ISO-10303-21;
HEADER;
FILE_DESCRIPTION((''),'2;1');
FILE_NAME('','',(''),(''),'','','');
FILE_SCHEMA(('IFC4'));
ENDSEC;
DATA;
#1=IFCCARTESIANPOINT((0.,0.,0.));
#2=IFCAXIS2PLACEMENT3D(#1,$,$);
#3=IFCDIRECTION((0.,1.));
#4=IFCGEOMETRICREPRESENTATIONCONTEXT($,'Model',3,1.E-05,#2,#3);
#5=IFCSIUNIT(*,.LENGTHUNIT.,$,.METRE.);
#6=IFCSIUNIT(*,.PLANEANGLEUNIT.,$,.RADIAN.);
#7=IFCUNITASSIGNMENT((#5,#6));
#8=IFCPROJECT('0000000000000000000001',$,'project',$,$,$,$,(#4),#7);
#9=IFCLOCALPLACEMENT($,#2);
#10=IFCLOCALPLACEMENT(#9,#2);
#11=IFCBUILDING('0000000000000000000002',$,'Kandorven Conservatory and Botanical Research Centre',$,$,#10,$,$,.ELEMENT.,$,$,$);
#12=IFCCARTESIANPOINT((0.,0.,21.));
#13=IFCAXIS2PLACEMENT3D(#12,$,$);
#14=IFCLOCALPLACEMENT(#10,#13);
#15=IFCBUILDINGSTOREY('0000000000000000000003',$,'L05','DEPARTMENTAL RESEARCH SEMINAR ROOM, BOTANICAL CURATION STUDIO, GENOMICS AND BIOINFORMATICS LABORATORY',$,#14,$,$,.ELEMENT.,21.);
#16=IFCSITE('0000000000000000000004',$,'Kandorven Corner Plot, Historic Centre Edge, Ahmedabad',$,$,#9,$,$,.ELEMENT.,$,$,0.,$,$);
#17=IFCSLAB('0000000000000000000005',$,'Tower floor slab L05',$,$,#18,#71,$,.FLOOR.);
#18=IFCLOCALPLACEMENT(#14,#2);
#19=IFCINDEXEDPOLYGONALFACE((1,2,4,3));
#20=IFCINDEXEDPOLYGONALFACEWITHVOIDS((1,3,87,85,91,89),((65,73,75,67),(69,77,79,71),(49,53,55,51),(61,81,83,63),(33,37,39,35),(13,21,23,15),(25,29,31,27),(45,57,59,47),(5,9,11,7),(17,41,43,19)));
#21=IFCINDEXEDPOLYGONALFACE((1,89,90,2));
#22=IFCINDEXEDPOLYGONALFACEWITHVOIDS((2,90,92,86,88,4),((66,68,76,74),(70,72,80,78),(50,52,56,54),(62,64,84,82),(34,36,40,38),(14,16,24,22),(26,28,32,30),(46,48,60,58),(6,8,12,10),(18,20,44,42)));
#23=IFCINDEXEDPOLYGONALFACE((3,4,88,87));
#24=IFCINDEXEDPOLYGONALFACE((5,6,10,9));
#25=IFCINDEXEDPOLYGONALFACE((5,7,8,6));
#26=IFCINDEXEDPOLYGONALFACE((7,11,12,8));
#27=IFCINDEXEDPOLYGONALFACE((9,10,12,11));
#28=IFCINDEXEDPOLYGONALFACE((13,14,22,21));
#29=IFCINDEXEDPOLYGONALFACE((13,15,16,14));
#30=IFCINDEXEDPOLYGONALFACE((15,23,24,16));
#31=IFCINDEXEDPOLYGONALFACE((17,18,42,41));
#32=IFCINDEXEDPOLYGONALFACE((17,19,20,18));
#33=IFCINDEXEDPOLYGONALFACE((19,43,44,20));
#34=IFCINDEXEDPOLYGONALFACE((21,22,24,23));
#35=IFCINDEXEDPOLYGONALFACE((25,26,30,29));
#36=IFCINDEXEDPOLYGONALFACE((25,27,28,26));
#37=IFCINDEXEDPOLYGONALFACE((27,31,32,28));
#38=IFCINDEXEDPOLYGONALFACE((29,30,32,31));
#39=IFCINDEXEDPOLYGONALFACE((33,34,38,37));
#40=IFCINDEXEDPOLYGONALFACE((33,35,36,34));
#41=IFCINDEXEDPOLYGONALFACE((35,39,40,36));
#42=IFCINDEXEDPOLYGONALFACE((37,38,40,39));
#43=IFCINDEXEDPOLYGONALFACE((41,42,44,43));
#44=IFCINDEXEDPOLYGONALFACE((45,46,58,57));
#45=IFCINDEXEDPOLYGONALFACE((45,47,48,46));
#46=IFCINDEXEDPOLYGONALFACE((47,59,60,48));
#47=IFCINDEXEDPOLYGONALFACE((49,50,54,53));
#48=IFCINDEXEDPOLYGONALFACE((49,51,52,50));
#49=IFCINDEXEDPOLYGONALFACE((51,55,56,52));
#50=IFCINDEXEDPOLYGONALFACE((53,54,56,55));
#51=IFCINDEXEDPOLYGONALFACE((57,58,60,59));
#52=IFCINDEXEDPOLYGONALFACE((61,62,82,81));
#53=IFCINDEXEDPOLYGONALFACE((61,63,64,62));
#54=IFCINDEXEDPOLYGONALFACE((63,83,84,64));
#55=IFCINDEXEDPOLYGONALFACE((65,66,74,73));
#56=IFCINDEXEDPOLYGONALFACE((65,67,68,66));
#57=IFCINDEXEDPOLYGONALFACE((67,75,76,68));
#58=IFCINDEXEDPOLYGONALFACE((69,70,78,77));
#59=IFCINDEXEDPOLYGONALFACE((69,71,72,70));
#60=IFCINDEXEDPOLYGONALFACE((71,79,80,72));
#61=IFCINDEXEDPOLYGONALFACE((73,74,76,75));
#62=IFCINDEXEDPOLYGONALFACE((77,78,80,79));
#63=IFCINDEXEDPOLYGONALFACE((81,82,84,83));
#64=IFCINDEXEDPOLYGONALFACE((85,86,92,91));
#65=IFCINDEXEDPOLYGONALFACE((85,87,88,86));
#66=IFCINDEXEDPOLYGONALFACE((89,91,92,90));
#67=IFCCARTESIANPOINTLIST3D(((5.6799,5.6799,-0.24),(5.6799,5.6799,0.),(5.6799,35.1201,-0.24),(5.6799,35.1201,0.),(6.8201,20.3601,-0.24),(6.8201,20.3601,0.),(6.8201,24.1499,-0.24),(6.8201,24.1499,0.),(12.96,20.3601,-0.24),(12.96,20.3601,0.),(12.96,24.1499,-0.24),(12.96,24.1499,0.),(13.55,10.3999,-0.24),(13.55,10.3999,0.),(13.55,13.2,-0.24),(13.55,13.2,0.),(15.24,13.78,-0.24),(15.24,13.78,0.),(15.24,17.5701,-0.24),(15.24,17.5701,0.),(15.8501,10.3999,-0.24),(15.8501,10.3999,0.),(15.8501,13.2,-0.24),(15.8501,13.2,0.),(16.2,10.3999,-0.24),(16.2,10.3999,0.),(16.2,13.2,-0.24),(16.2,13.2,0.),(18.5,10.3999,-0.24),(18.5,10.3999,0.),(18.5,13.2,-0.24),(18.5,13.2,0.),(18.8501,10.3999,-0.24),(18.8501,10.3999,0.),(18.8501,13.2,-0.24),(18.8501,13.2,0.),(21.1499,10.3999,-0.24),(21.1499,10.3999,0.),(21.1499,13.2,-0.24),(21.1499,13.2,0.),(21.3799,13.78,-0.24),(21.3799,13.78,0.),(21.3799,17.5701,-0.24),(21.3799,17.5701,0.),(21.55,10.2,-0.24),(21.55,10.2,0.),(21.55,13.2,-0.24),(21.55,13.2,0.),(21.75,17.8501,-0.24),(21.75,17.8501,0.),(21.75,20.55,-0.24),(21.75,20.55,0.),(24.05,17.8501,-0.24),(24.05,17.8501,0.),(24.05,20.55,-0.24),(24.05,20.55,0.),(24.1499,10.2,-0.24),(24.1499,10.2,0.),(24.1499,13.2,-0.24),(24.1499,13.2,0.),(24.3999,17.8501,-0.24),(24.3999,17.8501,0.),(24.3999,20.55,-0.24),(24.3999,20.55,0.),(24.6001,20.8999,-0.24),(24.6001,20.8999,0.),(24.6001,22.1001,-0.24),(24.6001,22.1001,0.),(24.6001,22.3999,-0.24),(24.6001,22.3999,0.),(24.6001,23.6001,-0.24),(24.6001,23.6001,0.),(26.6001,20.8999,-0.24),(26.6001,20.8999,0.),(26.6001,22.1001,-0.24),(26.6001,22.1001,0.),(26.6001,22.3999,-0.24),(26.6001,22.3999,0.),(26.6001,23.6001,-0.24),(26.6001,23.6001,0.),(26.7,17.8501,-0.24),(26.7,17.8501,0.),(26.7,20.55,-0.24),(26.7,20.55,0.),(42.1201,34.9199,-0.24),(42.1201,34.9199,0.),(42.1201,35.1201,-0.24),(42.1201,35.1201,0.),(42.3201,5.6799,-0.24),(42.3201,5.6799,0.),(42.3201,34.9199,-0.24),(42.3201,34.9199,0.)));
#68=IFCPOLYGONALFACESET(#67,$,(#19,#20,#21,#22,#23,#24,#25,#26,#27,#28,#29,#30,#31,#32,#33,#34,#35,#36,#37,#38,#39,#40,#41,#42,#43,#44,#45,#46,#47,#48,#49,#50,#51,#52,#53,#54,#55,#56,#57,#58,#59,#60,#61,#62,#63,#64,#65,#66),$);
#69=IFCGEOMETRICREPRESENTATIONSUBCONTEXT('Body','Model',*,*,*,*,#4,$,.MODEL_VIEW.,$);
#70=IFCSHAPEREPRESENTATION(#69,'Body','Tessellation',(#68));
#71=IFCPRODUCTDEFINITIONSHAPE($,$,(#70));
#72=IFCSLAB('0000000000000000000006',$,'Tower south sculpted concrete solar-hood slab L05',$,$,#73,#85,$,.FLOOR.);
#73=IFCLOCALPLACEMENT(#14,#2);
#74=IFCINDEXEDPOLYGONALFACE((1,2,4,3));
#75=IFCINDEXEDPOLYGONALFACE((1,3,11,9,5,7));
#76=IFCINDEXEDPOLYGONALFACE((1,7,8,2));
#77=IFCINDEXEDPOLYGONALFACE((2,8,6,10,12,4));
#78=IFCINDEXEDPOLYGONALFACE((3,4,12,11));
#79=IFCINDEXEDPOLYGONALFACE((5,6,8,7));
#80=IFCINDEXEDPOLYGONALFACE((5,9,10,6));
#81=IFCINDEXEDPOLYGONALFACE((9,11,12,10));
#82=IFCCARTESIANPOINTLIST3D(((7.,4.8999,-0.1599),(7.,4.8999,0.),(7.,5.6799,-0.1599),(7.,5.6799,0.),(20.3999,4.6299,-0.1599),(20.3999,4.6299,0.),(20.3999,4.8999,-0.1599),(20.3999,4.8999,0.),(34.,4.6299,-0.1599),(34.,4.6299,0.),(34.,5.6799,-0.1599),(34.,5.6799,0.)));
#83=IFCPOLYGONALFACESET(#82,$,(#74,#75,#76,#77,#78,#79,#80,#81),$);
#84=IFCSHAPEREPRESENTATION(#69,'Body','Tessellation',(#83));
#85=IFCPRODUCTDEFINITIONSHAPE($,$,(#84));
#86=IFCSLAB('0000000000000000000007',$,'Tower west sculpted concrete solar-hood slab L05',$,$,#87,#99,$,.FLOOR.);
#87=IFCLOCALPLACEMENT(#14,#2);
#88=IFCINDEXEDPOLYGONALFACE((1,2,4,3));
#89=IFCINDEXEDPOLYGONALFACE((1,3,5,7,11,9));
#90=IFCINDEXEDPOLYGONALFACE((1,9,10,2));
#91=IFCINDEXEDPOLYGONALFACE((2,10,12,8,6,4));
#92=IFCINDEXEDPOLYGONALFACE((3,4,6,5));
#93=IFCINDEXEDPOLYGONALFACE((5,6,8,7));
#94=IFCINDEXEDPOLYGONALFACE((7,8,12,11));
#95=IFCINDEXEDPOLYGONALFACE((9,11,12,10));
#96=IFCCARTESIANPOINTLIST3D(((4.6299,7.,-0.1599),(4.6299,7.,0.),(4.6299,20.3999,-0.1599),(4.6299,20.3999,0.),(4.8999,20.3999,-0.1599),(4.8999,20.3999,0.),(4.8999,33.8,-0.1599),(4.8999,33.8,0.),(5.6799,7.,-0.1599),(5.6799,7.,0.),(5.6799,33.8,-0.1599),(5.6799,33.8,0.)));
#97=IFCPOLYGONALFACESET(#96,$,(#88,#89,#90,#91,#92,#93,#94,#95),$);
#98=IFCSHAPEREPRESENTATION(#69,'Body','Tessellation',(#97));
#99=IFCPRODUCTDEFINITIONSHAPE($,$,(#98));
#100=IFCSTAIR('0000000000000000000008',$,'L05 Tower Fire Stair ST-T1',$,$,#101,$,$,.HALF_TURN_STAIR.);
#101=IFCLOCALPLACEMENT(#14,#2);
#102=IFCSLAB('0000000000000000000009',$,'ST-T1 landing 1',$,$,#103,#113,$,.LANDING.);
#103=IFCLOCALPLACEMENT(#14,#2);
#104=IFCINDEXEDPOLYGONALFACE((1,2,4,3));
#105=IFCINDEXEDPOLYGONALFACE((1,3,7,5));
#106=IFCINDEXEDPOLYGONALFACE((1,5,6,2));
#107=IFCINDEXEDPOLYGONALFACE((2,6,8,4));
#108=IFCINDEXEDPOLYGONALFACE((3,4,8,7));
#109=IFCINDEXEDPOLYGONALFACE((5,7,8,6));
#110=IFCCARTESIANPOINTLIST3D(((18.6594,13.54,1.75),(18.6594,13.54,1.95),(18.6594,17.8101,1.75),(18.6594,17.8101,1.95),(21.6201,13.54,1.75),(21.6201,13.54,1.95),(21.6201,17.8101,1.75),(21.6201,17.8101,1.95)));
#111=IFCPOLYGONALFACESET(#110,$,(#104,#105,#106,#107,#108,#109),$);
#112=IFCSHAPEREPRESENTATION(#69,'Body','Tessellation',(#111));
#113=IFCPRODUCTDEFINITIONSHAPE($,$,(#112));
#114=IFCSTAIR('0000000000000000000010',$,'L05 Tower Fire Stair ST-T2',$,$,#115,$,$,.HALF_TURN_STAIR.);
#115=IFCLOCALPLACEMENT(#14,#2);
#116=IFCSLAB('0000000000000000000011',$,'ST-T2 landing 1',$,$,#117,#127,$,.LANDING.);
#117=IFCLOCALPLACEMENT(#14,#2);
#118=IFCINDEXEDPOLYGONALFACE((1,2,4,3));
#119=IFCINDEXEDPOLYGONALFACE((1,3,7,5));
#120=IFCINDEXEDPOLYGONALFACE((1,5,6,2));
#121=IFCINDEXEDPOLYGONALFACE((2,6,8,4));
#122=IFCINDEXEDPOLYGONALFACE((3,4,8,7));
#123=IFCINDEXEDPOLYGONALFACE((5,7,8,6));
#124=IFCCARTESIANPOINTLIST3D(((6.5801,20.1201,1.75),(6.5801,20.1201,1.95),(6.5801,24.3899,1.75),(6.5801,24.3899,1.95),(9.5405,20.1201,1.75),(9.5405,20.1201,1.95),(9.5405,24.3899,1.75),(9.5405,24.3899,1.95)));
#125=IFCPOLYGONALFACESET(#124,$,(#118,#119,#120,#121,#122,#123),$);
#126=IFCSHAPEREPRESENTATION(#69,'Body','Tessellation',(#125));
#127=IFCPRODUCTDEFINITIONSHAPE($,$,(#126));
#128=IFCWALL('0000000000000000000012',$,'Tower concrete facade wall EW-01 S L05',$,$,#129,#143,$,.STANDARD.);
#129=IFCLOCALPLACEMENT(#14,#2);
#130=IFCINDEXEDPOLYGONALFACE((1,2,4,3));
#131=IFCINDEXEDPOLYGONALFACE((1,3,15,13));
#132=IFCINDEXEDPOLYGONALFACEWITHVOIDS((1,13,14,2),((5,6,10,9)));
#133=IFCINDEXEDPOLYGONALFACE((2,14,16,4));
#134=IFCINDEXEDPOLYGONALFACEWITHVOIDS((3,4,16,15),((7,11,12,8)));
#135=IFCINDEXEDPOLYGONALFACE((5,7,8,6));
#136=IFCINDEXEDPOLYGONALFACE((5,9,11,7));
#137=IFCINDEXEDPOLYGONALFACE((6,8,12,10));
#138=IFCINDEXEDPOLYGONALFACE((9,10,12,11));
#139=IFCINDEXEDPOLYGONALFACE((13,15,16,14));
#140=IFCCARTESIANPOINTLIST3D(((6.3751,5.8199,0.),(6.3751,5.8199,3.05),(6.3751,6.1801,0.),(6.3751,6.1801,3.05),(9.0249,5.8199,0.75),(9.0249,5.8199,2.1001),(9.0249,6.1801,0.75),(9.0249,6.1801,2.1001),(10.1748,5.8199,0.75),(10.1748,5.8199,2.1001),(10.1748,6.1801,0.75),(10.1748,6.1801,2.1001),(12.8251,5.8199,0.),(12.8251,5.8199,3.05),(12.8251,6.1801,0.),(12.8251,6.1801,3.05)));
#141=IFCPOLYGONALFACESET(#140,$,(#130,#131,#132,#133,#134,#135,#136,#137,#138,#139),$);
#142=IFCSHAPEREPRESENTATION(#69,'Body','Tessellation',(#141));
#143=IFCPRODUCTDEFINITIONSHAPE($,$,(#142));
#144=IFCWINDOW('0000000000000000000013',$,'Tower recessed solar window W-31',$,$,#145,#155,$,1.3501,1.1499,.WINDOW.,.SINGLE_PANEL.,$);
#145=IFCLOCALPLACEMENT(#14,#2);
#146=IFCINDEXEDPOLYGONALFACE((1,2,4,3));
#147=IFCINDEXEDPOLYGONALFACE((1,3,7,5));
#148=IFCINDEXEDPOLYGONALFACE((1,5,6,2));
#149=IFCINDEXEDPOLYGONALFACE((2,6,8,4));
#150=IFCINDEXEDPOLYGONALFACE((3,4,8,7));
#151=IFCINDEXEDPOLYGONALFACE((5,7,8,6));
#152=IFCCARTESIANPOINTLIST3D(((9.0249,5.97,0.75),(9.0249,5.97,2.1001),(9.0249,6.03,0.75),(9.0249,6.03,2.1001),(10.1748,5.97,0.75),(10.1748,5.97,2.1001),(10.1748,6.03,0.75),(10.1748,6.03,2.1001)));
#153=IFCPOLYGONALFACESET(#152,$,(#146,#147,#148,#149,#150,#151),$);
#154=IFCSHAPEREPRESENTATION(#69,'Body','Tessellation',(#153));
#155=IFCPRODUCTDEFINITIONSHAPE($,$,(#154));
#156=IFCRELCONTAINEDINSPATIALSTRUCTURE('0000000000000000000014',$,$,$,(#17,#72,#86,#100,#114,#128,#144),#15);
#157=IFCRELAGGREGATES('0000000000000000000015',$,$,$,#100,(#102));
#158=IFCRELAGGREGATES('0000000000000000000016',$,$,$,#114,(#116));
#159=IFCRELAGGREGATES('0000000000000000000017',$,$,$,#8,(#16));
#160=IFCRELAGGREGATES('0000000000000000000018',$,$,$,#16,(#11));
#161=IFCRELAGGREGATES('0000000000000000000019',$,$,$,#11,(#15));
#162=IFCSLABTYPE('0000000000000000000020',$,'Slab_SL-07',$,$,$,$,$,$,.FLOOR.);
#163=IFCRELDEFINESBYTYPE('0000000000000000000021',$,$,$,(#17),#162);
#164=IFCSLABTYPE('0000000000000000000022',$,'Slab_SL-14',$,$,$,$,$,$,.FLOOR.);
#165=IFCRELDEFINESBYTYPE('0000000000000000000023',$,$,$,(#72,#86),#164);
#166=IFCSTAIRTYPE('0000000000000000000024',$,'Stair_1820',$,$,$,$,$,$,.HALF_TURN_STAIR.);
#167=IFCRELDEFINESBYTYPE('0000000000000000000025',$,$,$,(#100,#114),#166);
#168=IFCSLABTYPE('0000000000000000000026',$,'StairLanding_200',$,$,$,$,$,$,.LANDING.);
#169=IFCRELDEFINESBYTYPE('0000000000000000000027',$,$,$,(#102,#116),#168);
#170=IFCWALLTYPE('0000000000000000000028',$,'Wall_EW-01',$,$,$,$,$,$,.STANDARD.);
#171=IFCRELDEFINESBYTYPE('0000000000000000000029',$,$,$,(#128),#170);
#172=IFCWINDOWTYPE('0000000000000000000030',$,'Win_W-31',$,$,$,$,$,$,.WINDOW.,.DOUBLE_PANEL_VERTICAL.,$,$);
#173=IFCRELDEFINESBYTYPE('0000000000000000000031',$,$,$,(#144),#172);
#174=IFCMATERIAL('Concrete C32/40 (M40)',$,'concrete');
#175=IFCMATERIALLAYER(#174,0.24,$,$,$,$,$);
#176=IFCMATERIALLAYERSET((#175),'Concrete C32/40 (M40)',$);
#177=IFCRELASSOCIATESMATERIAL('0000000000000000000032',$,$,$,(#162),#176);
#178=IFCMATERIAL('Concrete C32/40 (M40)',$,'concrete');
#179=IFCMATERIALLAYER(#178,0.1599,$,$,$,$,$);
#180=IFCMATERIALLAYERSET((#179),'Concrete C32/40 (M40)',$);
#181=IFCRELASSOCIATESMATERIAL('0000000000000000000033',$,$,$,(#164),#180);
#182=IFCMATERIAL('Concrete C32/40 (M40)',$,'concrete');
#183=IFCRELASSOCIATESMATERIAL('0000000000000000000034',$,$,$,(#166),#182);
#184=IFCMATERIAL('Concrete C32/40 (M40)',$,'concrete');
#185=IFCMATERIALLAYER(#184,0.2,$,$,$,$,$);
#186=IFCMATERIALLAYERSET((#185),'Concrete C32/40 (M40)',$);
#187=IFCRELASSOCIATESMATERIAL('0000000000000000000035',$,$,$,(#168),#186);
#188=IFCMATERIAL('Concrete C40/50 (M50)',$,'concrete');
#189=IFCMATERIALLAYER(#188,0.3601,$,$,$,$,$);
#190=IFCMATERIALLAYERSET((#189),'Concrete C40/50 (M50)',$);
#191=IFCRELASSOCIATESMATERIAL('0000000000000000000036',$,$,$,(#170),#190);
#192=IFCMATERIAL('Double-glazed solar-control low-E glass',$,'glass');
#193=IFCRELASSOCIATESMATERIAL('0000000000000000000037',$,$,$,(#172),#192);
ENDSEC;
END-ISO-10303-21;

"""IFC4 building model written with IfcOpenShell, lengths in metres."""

from ifc_helpers import new_model, si_unit, direction, frame, frame_2d, origin, place, context, subcontext, project, spatial, polyline, rectangle, outline, extrude, material, layer, layer_set, type_object, element, fill, aggregate, save


model = new_model("IFC4")

# Units and contexts
model_context = context("Model", 3, precision=1e-05, world=origin(), true_north=direction((0.0, 1.0)))
body_context = subcontext(model_context, "Body", "Model", "MODEL_VIEW")
ifc_project = project(units=[si_unit("LENGTHUNIT", "METRE"), si_unit("PLANEANGLEUNIT", "RADIAN")], contexts=[model_context])

# Site, building, storey
site_placement = place(None, origin())
site = spatial("IfcSite", under=ifc_project, at=site_placement, Name="Kandorven Corner Plot, Historic Centre Edge, Ahmedabad", CompositionType="ELEMENT", RefElevation=0.0)
building_placement = place(site_placement, origin())
building = spatial("IfcBuilding", under=site, at=building_placement, Name="Kandorven Conservatory and Botanical Research Centre", CompositionType="ELEMENT")
storey_placement = place(building_placement, frame((0.0, 0.0, 21.0)))
storey = spatial("IfcBuildingStorey", under=building, at=storey_placement, Name="L05", Description="DEPARTMENTAL RESEARCH SEMINAR ROOM, BOTANICAL CURATION STUDIO, GENOMICS AND BIOINFORMATICS LABORATORY", CompositionType="ELEMENT", Elevation=21.0)

# Slabs
ifc_material_1 = material(Name="Concrete C32/40 (M40)", Category="concrete")
ifc_layer_1 = layer(ifc_material_1, 0.24)
ifc_layer_set_1 = layer_set([ifc_layer_1], Name="Concrete C32/40 (M40)")
slab_type_1 = type_object("IfcSlabType", Name="Slab_SL-07", PredefinedType="FLOOR", material=ifc_layer_set_1)
slab_1_placement = place(storey_placement, frame((0.0, 0.0, -0.24)))
element("IfcSlab", 1, at=slab_1_placement, inside=storey, type_object=slab_type_1, Name="Tower floor slab L05", PredefinedType="FLOOR", context=body_context, shape_type="SweptSolid", body=[
    extrude(outline(polyline([(5.6799, 5.6799), (42.3201, 5.6799), (42.3201, 34.9199), (42.1201, 34.9199), (42.1201, 35.1201), (5.6799, 35.1201), (5.6799, 5.6799)]), holes=[polyline([(15.24, 13.78), (21.3799, 13.78), (21.3799, 17.5701), (15.24, 17.5701), (15.24, 13.78)]), polyline([(12.96, 24.1499), (6.8201, 24.1499), (6.8201, 20.3601), (12.96, 20.3601), (12.96, 24.1499)]), polyline([(21.75, 17.8501), (24.05, 17.8501), (24.05, 20.55), (21.75, 20.55), (21.75, 17.8501)]), polyline([(24.3999, 17.8501), (26.7, 17.8501), (26.7, 20.55), (24.3999, 20.55), (24.3999, 17.8501)]), polyline([(13.55, 10.3999), (15.8501, 10.3999), (15.8501, 13.2), (13.55, 13.2), (13.55, 10.3999)]), polyline([(16.2, 10.3999), (18.5, 10.3999), (18.5, 13.2), (16.2, 13.2), (16.2, 10.3999)]), polyline([(18.8501, 10.3999), (21.1499, 10.3999), (21.1499, 13.2), (18.8501, 13.2), (18.8501, 10.3999)]), polyline([(21.55, 10.2), (24.1499, 10.2), (24.1499, 13.2), (21.55, 13.2), (21.55, 10.2)]), polyline([(24.6001, 20.8999), (26.6001, 20.8999), (26.6001, 22.1001), (24.6001, 22.1001), (24.6001, 20.8999)]), polyline([(24.6001, 22.3999), (26.6001, 22.3999), (26.6001, 23.6001), (24.6001, 23.6001), (24.6001, 22.3999)])]), origin(), (0.0, 0.0, 1.0), 0.24),
])
ifc_material_2 = material(Name="Concrete C32/40 (M40)", Category="concrete")
ifc_layer_2 = layer(ifc_material_2, 0.1599)
ifc_layer_set_2 = layer_set([ifc_layer_2], Name="Concrete C32/40 (M40)")
slab_type_2 = type_object("IfcSlabType", Name="Slab_SL-14", PredefinedType="FLOOR", material=ifc_layer_set_2)
slab_2_placement = place(storey_placement, frame((0.0, 0.0, -0.1599)))
element("IfcSlab", 2, at=slab_2_placement, inside=storey, type_object=slab_type_2, Name="Tower south sculpted concrete solar-hood slab L05", PredefinedType="FLOOR", context=body_context, shape_type="SweptSolid", body=[
    extrude(outline(polyline([(7.0, 5.6799), (34.0, 5.6799), (34.0, 4.6299), (20.3999, 4.6299), (20.3999, 4.8999), (7.0, 4.8999), (7.0, 5.6799)])), origin(), (0.0, 0.0, 1.0), 0.1599),
])
slab_3_placement = place(storey_placement, frame((0.0, 0.0, -0.1599)))
element("IfcSlab", 3, at=slab_3_placement, inside=storey, type_object=slab_type_2, Name="Tower west sculpted concrete solar-hood slab L05", PredefinedType="FLOOR", context=body_context, shape_type="SweptSolid", body=[
    extrude(outline(polyline([(4.6299, 7.0), (5.6799, 7.0), (5.6799, 33.8), (4.8999, 33.8), (4.8999, 20.3999), (4.6299, 20.3999), (4.6299, 7.0)])), origin(), (0.0, 0.0, 1.0), 0.1599),
])

# Stairs, slabs
ifc_material_3 = material(Name="Concrete C32/40 (M40)", Category="concrete")
stair_type = type_object("IfcStairType", Name="Stair_1820", PredefinedType="HALF_TURN_STAIR", material=ifc_material_3)
stair_1_placement = place(storey_placement, origin())
stair_1 = element("IfcStair", 4, at=stair_1_placement, inside=storey, type_object=stair_type, Name="L05 Tower Fire Stair ST-T1", PredefinedType="HALF_TURN_STAIR")
ifc_material_4 = material(Name="Concrete C32/40 (M40)", Category="concrete")
ifc_layer_3 = layer(ifc_material_4, 0.2)
ifc_layer_set_3 = layer_set([ifc_layer_3], Name="Concrete C32/40 (M40)")
slab_type_3 = type_object("IfcSlabType", Name="StairLanding_200", PredefinedType="LANDING", material=ifc_layer_set_3)
slab_4_placement = place(storey_placement, frame((0.0, 0.0, 1.75)))
slab_4 = element("IfcSlab", 5, at=slab_4_placement, type_object=slab_type_3, Name="ST-T1 landing 1", PredefinedType="LANDING", context=body_context, shape_type="SweptSolid", body=[
    extrude(outline(polyline([(18.6594, 13.54), (21.6201, 13.54), (21.6201, 17.8101), (18.6594, 17.8101), (18.6594, 13.54)])), origin(), (0.0, 0.0, 1.0), 0.2),
])
aggregate(stair_1, [slab_4])
stair_2_placement = place(storey_placement, origin())
stair_2 = element("IfcStair", 6, at=stair_2_placement, inside=storey, type_object=stair_type, Name="L05 Tower Fire Stair ST-T2", PredefinedType="HALF_TURN_STAIR")
slab_5_placement = place(storey_placement, frame((0.0, 0.0, 1.75)))
slab_5 = element("IfcSlab", 7, at=slab_5_placement, type_object=slab_type_3, Name="ST-T2 landing 1", PredefinedType="LANDING", context=body_context, shape_type="SweptSolid", body=[
    extrude(outline(polyline([(9.5405, 24.3899), (6.5801, 24.3899), (6.5801, 20.1201), (9.5405, 20.1201), (9.5405, 24.3899)])), origin(), (0.0, 0.0, 1.0), 0.2),
])
aggregate(stair_2, [slab_5])

# Wall, opening, window
ifc_material_5 = material(Name="Concrete C40/50 (M50)", Category="concrete")
ifc_layer_4 = layer(ifc_material_5, 0.3601)
ifc_layer_set_4 = layer_set([ifc_layer_4], Name="Concrete C40/50 (M50)")
wall_type_1 = type_object("IfcWallType", Name="Wall_EW-01", PredefinedType="STANDARD", material=ifc_layer_set_4)
wall_1_placement = place(storey_placement, frame((6.375, 6.0, 0.0), z_axis=(0.0, 0.0, 1.0), x_axis=(1.0, 0.0, 0.0)))
wall_1 = element("IfcWall", 8, at=wall_1_placement, inside=storey, type_object=wall_type_1, Name="Tower concrete facade wall EW-01 S L05", PredefinedType="STANDARD", context=body_context, shape_type="SweptSolid", body=[
    extrude(rectangle(XDim=6.45, YDim=0.3601, at=frame_2d((3.2251, 0.0))), origin(), (0.0, 0.0, 1.0), 3.05),
])
opening_1_placement = place(wall_1_placement, frame((2.6499, 0.0, 0.75)))
opening_1 = element("IfcOpeningElement", 9, at=opening_1_placement, cuts=wall_1, PredefinedType="OPENING", context=body_context, shape_type="SweptSolid", body=[
    extrude(rectangle(XDim=1.1499, YDim=1.3501, at=frame_2d((0.575, 0.675))), frame((0.0, 0.1899, 0.0), z_axis=(0.0, -1.0, 0.0), x_axis=(1.0, 0.0, 0.0)), (0.0, 0.0, 1.0), 0.3801),
])
ifc_material_6 = material(Name="Double-glazed solar-control low-E glass", Category="glass")
window_type = type_object("IfcWindowType", Name="Win_W-31", PartitioningType="DOUBLE_PANEL_VERTICAL", PredefinedType="WINDOW", material=ifc_material_6)
window_placement = place(opening_1_placement, origin())
window = element("IfcWindow", 10, at=window_placement, inside=storey, type_object=window_type, Name="Tower recessed solar window W-31", OverallHeight=1.3501, OverallWidth=1.1499, PartitioningType="SINGLE_PANEL", PredefinedType="WINDOW", context=body_context, shape_type="SweptSolid", body=[
    extrude(rectangle(XDim=1.1499, YDim=1.3501, at=frame_2d((0.575, 0.675))), frame((0.0, 0.03, 0.0), z_axis=(0.0, -1.0, 0.0), x_axis=(1.0, 0.0, 0.0)), (0.0, 0.0, 1.0), 0.0601),
])
fill(opening_1, window)

save(model, "model.ifc")
